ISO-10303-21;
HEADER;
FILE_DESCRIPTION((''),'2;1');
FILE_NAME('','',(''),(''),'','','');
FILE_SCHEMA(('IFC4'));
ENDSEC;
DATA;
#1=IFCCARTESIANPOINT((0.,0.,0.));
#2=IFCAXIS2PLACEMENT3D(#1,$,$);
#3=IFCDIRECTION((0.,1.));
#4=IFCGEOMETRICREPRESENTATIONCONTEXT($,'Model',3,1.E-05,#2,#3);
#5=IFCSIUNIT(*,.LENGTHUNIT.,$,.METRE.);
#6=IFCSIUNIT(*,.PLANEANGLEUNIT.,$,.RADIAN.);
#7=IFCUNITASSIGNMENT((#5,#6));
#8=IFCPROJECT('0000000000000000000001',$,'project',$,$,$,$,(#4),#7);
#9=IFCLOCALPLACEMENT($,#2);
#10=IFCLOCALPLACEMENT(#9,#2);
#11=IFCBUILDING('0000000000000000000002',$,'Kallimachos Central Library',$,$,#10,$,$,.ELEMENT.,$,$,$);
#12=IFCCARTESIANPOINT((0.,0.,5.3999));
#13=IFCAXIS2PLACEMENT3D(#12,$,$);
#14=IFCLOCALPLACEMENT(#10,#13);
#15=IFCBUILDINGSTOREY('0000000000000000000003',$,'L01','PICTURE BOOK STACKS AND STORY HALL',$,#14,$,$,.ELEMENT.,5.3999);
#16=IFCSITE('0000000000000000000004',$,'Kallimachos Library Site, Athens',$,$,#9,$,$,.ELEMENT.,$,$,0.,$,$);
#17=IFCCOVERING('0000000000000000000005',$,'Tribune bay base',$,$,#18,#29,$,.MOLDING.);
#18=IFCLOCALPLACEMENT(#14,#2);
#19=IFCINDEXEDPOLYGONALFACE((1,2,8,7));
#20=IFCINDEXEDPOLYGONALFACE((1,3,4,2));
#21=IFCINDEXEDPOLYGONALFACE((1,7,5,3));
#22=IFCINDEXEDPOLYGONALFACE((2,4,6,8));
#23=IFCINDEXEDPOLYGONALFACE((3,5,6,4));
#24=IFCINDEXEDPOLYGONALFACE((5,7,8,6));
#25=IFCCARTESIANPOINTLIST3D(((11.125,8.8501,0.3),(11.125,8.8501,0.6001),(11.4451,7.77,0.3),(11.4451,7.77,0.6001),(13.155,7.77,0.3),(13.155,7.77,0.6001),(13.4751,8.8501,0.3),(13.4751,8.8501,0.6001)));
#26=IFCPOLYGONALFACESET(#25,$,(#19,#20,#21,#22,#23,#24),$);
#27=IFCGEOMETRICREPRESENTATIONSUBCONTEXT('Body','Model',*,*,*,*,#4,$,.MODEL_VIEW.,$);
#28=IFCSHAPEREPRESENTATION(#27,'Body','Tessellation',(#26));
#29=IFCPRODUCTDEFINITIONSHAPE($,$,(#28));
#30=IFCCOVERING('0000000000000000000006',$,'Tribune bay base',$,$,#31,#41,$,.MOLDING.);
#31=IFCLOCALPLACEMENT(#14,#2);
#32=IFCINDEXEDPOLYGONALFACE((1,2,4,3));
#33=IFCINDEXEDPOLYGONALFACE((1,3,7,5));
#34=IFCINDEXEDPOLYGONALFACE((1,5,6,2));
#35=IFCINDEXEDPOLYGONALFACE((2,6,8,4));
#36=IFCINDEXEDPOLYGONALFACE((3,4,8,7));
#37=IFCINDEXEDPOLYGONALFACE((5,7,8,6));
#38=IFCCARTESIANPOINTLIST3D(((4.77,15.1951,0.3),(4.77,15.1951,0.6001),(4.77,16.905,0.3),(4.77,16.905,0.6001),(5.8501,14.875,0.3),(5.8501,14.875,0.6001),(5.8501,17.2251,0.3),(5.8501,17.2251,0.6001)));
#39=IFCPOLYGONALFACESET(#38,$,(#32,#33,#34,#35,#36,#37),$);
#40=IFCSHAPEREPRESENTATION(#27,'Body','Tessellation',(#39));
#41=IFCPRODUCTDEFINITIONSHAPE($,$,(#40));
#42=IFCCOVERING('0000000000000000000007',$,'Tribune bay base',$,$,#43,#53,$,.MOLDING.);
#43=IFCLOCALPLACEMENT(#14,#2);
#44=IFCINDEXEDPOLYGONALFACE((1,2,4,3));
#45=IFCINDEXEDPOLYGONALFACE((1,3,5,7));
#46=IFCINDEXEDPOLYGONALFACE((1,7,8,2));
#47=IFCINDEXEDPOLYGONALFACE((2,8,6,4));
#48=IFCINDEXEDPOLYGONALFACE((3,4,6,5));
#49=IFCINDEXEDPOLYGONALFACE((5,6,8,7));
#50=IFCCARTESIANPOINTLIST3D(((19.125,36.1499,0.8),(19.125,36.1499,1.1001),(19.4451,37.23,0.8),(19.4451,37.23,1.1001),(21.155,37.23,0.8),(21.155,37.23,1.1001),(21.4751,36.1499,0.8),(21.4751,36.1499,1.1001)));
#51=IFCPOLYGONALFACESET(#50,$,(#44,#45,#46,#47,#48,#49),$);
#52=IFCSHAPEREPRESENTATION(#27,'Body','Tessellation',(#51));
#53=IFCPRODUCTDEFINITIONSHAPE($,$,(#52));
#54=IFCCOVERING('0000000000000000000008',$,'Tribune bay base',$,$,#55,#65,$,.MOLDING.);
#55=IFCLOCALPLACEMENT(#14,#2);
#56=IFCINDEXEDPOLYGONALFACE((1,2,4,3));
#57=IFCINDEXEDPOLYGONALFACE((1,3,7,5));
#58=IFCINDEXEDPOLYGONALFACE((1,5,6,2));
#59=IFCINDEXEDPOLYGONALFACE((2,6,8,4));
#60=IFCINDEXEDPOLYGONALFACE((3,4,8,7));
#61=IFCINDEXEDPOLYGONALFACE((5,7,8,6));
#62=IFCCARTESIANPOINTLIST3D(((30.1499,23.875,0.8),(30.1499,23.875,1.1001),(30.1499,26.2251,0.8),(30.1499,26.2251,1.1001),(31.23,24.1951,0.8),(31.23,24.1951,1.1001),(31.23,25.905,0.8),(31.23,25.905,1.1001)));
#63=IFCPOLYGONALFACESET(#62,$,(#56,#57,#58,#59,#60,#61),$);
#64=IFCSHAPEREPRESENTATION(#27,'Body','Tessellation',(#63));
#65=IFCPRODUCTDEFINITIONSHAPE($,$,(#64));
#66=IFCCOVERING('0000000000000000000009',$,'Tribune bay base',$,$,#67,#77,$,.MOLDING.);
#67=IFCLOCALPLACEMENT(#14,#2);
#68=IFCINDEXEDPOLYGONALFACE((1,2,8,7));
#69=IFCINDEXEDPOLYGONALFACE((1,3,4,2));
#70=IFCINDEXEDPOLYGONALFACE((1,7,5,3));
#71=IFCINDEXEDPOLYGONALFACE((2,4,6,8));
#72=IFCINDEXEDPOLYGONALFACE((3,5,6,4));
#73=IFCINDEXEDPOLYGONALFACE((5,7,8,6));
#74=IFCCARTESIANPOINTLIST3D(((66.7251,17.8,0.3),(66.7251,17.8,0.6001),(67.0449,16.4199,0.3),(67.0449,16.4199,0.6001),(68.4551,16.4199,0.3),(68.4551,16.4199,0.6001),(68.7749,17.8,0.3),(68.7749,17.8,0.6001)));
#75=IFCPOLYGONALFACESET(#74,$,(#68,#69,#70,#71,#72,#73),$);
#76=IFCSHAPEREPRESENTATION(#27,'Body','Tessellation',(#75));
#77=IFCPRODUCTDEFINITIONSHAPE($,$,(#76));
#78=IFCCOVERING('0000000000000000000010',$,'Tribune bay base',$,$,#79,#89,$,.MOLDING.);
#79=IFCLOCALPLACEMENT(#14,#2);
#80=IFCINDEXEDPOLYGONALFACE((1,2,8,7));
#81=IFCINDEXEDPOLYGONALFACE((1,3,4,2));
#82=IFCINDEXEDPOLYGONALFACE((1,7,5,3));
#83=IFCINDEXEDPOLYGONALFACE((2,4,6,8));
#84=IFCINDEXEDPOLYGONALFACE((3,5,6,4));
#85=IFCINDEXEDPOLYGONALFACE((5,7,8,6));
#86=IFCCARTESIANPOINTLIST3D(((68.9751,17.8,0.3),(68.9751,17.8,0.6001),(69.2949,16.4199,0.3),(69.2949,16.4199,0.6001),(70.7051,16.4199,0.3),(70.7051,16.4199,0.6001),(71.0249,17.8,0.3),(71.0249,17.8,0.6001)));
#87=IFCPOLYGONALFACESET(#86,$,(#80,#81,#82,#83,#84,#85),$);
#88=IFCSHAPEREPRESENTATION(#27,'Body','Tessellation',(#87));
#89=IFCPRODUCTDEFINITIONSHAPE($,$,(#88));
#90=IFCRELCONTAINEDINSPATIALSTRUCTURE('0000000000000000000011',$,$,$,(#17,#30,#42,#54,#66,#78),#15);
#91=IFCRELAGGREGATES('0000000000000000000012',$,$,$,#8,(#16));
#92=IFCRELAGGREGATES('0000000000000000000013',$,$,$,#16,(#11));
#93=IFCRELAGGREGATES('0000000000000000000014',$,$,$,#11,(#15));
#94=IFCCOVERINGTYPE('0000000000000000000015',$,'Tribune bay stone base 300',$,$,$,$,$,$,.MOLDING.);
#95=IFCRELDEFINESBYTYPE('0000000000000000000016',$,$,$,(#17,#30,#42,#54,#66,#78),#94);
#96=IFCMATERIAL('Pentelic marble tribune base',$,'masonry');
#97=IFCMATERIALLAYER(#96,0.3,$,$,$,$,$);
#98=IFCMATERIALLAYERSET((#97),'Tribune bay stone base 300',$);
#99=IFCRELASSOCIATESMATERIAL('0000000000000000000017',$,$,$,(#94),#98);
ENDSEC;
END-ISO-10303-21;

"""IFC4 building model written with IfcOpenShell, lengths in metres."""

from ifc_helpers import new_model, si_unit, direction, frame, origin, place, context, subcontext, project, spatial, polyline, outline, extrude, material, layer, layer_set, type_object, element, save


model = new_model("IFC4")

# Units and contexts
model_context = context("Model", 3, precision=1e-05, world=origin(), true_north=direction((0.0, 1.0)))
body_context = subcontext(model_context, "Body", "Model", "MODEL_VIEW")
ifc_project = project(units=[si_unit("LENGTHUNIT", "METRE"), si_unit("PLANEANGLEUNIT", "RADIAN")], contexts=[model_context])

# Site, building, storey
site_placement = place(None, origin())
site = spatial("IfcSite", under=ifc_project, at=site_placement, Name="Kallimachos Library Site, Athens", CompositionType="ELEMENT", RefElevation=0.0)
building_placement = place(site_placement, origin())
building = spatial("IfcBuilding", under=site, at=building_placement, Name="Kallimachos Central Library", CompositionType="ELEMENT")
storey_placement = place(building_placement, frame((0.0, 0.0, 5.3999)))
storey = spatial("IfcBuildingStorey", under=building, at=storey_placement, Name="L01", Description="PICTURE BOOK STACKS AND STORY HALL", CompositionType="ELEMENT", Elevation=5.3999)

# Coverings
ifc_material_1 = material(Name="Pentelic marble tribune base", Category="masonry")
ifc_layer_1 = layer(ifc_material_1, 0.3)
ifc_layer_set_1 = layer_set([ifc_layer_1], Name="Tribune bay stone base 300")
covering_type_1 = type_object("IfcCoveringType", Name="Tribune bay stone base 300", PredefinedType="MOLDING", material=ifc_layer_set_1)
covering_1_placement = place(storey_placement, frame((0.0, 0.0, 0.3)))
element("IfcCovering", 1, at=covering_1_placement, inside=storey, type_object=covering_type_1, Name="Tribune bay base", PredefinedType="MOLDING", context=body_context, shape_type="SweptSolid", body=[
    extrude(outline(polyline([(11.125, 8.8501), (13.4751, 8.8501), (13.155, 7.77), (11.4451, 7.77), (11.125, 8.8501)])), origin(), (0.0, 0.0, 1.0), 0.3),
])
covering_2_placement = place(storey_placement, frame((0.0, 0.0, 0.3)))
element("IfcCovering", 2, at=covering_2_placement, inside=storey, type_object=covering_type_1, Name="Tribune bay base", PredefinedType="MOLDING", context=body_context, shape_type="SweptSolid", body=[
    extrude(outline(polyline([(5.8501, 14.875), (5.8501, 17.2251), (4.77, 16.905), (4.77, 15.1951), (5.8501, 14.875)])), origin(), (0.0, 0.0, 1.0), 0.3),
])
covering_3_placement = place(storey_placement, frame((0.0, 0.0, 0.8)))
element("IfcCovering", 3, at=covering_3_placement, inside=storey, type_object=covering_type_1, Name="Tribune bay base", PredefinedType="MOLDING", context=body_context, shape_type="SweptSolid", body=[
    extrude(outline(polyline([(19.125, 36.1499), (21.4751, 36.1499), (21.155, 37.23), (19.4451, 37.23), (19.125, 36.1499)])), origin(), (0.0, 0.0, 1.0), 0.3),
])
covering_4_placement = place(storey_placement, frame((0.0, 0.0, 0.8)))
element("IfcCovering", 4, at=covering_4_placement, inside=storey, type_object=covering_type_1, Name="Tribune bay base", PredefinedType="MOLDING", context=body_context, shape_type="SweptSolid", body=[
    extrude(outline(polyline([(30.1499, 23.875), (30.1499, 26.2251), (31.23, 25.905), (31.23, 24.1951), (30.1499, 23.875)])), origin(), (0.0, 0.0, 1.0), 0.3),
])
covering_5_placement = place(storey_placement, frame((0.0, 0.0, 0.3)))
element("IfcCovering", 5, at=covering_5_placement, inside=storey, type_object=covering_type_1, Name="Tribune bay base", PredefinedType="MOLDING", context=body_context, shape_type="SweptSolid", body=[
    extrude(outline(polyline([(66.7251, 17.8), (68.7749, 17.8), (68.4551, 16.4199), (67.0449, 16.4199), (66.7251, 17.8)])), origin(), (0.0, 0.0, 1.0), 0.3),
])
covering_6_placement = place(storey_placement, frame((0.0, 0.0, 0.3)))
element("IfcCovering", 6, at=covering_6_placement, inside=storey, type_object=covering_type_1, Name="Tribune bay base", PredefinedType="MOLDING", context=body_context, shape_type="SweptSolid", body=[
    extrude(outline(polyline([(68.9751, 17.8), (71.0249, 17.8), (70.7051, 16.4199), (69.2949, 16.4199), (68.9751, 17.8)])), origin(), (0.0, 0.0, 1.0), 0.3),
])

save(model, "model.ifc")
